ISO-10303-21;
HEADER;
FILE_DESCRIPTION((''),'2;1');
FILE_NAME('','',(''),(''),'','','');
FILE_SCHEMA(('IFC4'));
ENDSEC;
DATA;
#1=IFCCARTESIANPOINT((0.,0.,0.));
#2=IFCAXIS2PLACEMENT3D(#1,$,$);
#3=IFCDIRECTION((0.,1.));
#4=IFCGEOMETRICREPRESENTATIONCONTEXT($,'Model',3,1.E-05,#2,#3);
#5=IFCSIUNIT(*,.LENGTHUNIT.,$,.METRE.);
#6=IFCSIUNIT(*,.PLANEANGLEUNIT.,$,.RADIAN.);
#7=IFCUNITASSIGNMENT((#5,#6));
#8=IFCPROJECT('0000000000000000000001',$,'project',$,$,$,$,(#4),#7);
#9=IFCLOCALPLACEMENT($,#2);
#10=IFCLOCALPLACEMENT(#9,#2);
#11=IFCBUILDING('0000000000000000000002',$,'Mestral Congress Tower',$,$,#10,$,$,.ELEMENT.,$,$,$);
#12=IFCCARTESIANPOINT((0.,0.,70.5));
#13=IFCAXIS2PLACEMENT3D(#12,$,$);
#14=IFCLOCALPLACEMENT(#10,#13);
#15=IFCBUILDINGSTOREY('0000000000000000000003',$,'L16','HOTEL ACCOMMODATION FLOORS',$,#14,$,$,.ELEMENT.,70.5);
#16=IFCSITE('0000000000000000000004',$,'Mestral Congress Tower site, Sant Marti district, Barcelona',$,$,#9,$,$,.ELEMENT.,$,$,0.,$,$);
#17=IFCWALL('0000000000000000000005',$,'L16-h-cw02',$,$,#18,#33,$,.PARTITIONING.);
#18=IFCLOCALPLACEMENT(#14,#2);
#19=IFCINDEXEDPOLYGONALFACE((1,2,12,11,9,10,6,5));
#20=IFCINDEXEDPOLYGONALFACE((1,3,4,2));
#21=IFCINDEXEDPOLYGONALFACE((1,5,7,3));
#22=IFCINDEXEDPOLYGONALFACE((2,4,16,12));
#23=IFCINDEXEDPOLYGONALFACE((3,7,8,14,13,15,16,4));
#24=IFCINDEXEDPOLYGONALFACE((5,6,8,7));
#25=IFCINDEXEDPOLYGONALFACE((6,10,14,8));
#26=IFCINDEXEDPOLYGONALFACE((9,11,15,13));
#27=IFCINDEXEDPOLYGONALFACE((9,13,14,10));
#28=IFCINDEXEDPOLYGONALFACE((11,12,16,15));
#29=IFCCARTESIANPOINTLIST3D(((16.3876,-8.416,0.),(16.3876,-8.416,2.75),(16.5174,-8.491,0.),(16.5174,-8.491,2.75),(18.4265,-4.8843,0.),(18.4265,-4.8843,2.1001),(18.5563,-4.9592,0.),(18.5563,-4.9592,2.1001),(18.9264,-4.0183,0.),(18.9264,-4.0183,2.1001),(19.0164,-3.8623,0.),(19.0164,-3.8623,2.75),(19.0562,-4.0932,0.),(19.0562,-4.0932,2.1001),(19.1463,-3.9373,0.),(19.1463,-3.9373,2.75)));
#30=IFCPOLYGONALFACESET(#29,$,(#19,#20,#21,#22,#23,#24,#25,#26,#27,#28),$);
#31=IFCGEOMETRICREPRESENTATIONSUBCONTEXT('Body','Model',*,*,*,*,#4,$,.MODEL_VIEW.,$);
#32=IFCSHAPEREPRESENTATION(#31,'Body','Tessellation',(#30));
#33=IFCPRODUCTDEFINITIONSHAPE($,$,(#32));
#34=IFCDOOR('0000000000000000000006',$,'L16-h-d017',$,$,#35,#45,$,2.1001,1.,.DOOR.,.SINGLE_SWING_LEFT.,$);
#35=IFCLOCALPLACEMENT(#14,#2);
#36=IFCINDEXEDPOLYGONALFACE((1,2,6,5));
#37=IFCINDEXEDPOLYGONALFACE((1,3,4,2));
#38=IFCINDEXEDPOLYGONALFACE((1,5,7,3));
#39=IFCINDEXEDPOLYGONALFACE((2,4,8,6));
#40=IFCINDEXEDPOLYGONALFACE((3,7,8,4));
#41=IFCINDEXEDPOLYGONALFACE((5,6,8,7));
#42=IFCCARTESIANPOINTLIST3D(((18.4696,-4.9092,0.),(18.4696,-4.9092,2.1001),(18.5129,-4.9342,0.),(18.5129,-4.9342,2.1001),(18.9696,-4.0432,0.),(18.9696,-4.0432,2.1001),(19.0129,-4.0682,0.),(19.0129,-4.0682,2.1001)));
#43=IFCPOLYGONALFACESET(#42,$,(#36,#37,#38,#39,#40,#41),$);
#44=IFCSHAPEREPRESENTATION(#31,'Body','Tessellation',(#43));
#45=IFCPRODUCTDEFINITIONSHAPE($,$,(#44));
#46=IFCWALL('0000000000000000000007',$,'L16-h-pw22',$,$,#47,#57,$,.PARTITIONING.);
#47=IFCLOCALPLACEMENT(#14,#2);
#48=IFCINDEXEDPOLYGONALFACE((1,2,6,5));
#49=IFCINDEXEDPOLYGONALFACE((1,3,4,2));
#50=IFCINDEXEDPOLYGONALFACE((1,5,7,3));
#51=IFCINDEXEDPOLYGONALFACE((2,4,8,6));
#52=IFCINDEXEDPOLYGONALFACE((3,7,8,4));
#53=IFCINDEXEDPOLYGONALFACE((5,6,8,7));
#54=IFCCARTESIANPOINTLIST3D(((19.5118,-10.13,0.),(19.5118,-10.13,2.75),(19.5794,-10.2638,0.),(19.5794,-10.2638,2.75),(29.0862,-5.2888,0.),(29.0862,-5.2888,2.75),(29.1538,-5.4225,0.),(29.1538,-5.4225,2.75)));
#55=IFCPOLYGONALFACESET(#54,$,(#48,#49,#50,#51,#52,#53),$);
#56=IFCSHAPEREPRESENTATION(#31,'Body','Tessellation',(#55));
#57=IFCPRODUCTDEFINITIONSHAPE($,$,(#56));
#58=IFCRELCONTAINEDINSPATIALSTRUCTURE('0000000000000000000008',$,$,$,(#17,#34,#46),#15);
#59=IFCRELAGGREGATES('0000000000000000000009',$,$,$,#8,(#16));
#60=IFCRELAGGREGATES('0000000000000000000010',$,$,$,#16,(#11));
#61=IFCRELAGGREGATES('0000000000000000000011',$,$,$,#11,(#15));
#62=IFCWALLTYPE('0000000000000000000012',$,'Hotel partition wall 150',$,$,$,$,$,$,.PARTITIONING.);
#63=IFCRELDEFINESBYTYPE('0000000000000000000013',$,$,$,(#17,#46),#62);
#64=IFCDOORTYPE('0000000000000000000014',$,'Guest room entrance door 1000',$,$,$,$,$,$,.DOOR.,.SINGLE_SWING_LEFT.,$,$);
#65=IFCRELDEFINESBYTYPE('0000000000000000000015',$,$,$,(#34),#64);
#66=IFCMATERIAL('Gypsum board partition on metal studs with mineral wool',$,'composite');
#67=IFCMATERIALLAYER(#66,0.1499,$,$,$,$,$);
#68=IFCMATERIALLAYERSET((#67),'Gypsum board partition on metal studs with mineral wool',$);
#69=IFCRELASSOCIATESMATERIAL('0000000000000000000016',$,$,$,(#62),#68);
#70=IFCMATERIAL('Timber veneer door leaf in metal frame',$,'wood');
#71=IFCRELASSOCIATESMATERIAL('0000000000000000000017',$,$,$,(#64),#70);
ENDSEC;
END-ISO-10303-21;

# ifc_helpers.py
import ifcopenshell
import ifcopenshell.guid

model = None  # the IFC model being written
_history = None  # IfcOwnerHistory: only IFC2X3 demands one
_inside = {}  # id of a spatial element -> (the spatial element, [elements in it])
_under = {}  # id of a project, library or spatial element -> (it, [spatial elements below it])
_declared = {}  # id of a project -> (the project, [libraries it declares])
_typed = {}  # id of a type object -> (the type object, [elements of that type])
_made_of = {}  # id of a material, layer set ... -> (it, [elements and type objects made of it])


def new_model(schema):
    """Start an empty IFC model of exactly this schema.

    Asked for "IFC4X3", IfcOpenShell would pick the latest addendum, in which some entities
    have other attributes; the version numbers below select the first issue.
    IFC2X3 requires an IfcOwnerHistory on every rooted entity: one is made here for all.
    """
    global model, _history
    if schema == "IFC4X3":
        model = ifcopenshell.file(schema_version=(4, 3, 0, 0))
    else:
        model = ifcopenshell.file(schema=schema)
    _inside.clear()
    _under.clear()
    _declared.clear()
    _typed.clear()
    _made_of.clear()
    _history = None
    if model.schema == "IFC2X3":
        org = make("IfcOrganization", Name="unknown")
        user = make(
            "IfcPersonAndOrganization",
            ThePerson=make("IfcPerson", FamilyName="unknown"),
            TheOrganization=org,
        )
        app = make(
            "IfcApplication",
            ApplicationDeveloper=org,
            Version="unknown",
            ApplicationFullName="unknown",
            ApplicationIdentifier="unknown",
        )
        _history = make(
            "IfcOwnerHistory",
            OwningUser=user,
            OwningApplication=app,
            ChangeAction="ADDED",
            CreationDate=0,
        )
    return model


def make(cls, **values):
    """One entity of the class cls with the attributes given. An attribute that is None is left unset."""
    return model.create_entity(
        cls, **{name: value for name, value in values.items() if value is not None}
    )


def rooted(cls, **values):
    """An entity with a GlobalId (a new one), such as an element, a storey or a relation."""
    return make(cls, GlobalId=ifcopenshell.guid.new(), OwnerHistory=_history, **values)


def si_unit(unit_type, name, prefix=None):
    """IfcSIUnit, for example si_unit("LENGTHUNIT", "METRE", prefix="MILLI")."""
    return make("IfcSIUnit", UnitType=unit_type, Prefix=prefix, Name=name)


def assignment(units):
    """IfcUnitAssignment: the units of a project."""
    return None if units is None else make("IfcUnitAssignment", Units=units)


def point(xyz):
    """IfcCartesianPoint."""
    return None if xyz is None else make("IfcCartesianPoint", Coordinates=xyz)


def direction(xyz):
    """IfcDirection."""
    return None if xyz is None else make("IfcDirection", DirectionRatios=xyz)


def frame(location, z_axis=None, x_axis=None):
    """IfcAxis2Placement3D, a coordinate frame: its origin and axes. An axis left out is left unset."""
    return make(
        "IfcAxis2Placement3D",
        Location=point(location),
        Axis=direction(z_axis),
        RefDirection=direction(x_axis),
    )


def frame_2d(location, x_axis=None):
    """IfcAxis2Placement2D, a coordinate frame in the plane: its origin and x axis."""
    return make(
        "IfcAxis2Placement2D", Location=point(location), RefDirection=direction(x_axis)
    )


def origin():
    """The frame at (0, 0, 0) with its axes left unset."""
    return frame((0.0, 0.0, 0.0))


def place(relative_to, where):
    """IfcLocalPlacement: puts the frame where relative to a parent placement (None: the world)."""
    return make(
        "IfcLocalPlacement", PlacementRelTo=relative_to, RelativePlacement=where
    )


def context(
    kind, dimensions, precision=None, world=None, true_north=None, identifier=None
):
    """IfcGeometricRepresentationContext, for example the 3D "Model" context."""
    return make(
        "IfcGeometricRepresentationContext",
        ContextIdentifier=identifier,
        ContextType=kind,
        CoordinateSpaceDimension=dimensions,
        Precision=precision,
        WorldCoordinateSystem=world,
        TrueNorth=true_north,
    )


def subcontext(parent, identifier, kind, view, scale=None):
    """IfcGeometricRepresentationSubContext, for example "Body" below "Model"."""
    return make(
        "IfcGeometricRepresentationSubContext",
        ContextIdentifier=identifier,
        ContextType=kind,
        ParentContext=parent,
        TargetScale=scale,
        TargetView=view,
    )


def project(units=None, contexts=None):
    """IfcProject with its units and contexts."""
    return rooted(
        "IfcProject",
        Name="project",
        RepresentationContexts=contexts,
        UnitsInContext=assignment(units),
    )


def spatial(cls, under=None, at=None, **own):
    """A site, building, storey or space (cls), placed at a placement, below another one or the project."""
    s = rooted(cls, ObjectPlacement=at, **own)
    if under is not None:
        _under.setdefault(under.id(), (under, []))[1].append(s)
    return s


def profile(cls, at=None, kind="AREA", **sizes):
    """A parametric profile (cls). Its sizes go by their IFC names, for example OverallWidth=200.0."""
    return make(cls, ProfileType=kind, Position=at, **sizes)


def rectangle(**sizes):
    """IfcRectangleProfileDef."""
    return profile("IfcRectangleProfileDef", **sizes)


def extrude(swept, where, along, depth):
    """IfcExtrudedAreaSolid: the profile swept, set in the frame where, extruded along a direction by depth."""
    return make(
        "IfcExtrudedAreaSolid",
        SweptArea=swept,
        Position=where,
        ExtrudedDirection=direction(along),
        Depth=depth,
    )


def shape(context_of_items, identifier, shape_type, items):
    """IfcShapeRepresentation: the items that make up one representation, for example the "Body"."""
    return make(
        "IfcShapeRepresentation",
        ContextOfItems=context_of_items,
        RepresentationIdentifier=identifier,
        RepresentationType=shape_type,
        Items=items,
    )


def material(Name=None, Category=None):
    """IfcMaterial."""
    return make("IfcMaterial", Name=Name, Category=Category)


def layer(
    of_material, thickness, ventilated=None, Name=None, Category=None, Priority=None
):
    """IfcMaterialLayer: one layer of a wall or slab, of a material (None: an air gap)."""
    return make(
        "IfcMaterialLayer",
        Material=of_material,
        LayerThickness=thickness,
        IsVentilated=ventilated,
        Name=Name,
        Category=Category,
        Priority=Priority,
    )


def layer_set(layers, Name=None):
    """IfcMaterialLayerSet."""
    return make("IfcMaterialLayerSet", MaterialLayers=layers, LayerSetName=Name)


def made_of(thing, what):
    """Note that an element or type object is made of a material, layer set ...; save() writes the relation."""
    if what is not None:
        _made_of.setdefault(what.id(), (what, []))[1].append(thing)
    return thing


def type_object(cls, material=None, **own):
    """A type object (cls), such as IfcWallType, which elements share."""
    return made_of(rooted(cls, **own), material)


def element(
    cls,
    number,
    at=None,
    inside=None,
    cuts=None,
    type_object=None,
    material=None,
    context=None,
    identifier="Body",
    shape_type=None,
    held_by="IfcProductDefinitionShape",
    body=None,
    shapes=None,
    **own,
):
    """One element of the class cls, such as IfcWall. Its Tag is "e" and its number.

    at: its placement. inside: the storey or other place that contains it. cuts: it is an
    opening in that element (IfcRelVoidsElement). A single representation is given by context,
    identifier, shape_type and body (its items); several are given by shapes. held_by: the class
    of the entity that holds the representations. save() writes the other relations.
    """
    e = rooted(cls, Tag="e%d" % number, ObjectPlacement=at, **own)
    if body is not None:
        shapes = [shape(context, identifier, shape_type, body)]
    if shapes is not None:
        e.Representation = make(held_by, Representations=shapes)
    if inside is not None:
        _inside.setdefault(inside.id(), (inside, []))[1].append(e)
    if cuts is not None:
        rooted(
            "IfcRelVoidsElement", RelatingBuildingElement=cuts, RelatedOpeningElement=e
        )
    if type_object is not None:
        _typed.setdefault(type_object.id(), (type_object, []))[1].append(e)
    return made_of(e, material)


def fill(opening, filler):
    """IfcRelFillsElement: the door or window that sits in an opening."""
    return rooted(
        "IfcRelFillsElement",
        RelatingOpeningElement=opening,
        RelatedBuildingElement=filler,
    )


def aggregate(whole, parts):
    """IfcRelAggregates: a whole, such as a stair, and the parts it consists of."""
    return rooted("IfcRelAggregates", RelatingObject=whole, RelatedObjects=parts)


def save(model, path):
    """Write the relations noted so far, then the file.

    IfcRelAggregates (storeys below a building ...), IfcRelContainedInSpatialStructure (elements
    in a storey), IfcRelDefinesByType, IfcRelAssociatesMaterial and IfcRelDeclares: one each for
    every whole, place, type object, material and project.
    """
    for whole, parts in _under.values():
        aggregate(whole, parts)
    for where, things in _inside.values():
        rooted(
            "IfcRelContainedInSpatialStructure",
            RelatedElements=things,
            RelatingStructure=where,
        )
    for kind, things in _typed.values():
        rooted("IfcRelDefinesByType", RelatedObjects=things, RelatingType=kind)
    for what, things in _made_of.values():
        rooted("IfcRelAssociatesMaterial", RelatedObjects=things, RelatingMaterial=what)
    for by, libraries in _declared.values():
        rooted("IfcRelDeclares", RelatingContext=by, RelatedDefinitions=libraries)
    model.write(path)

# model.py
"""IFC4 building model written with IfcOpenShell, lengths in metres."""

from ifc_helpers import new_model, si_unit, direction, frame, frame_2d, origin, place, context, subcontext, project, spatial, rectangle, extrude, material, layer, layer_set, type_object, element, fill, save


model = new_model("IFC4")

# Units and contexts
model_context = context("Model", 3, precision=1e-05, world=origin(), true_north=direction((0.0, 1.0)))
body_context = subcontext(model_context, "Body", "Model", "MODEL_VIEW")
ifc_project = project(units=[si_unit("LENGTHUNIT", "METRE"), si_unit("PLANEANGLEUNIT", "RADIAN")], contexts=[model_context])

# Site, building, storey
site_placement = place(None, origin())
site = spatial("IfcSite", under=ifc_project, at=site_placement, Name="Mestral Congress Tower site, Sant Marti district, Barcelona", CompositionType="ELEMENT", RefElevation=0.0)
building_placement = place(site_placement, origin())
building = spatial("IfcBuilding", under=site, at=building_placement, Name="Mestral Congress Tower", CompositionType="ELEMENT")
storey_placement = place(building_placement, frame((0.0, 0.0, 70.5)))
storey = spatial("IfcBuildingStorey", under=building, at=storey_placement, Name="L16", Description="HOTEL ACCOMMODATION FLOORS", CompositionType="ELEMENT", Elevation=70.5)

# Shared definitions
ifc_material_1 = material(Name="Gypsum board partition on metal studs with mineral wool", Category="composite")

# Wall, opening, door
ifc_layer_1 = layer(ifc_material_1, 0.1499)
ifc_layer_set_1 = layer_set([ifc_layer_1], Name="Gypsum board partition on metal studs with mineral wool")
wall_type_1 = type_object("IfcWallType", Name="Hotel partition wall 150", PredefinedType="PARTITIONING", material=ifc_layer_set_1)
ifc_material_2 = material(Name="Timber veneer door leaf in metal frame", Category="wood")
door_type_1 = type_object("IfcDoorType", Name="Guest room entrance door 1000", OperationType="SINGLE_SWING_LEFT", PredefinedType="DOOR", material=ifc_material_2)
wall_1_placement = place(storey_placement, frame((19.0813, -3.8999, 0.0), z_axis=(0.0, 0.0, 1.0), x_axis=(-0.499974, -0.86604, 0.0)))
wall_1 = element("IfcWall", 1, at=wall_1_placement, inside=storey, type_object=wall_type_1, Name="L16-h-cw02", PredefinedType="PARTITIONING", context=body_context, shape_type="SweptSolid", body=[
    extrude(rectangle(XDim=5.2581, YDim=0.1499, at=frame_2d((2.6289, 0.0))), origin(), (0.0, 0.0, 1.0), 2.75),
])
opening_1_placement = place(wall_1_placement, frame((0.1799, 0.0, 0.0)))
opening_1 = element("IfcOpeningElement", 2, at=opening_1_placement, cuts=wall_1, PredefinedType="OPENING", context=body_context, shape_type="SweptSolid", body=[
    extrude(rectangle(XDim=1.0, YDim=2.1001, at=frame_2d((0.5, 1.05))), frame((0.0, 0.085, 0.0), z_axis=(0.0, -1.0, 0.0), x_axis=(1.0, 0.0, 0.0)), (0.0, 0.0, 1.0), 0.1699),
])
door_1_placement = place(opening_1_placement, origin())
door_1 = element("IfcDoor", 3, at=door_1_placement, inside=storey, type_object=door_type_1, Name="L16-h-d017", OperationType="SINGLE_SWING_LEFT", OverallHeight=2.1001, OverallWidth=1.0, PredefinedType="DOOR", context=body_context, shape_type="SweptSolid", body=[
    extrude(rectangle(XDim=1.0, YDim=2.1001, at=frame_2d((0.5, 1.05))), frame((0.0, 0.0249, 0.0), z_axis=(0.0, -1.0, 0.0), x_axis=(1.0, 0.0, 0.0)), (0.0, 0.0, 1.0), 0.05),
])
fill(opening_1, door_1)

# Wall
wall_2_placement = place(storey_placement, frame((29.1199, -5.3557, 0.0), z_axis=(0.0, 0.0, 1.0), x_axis=(-0.892402, -0.451241, 0.0)))
element("IfcWall", 4, at=wall_2_placement, inside=storey, type_object=wall_type_1, Name="L16-h-pw22", PredefinedType="PARTITIONING", context=body_context, shape_type="SweptSolid", body=[
    extrude(rectangle(XDim=10.7288, YDim=0.1499, at=frame_2d((5.3643, 0.0))), origin(), (0.0, 0.0, 1.0), 2.75),
])

save(model, "model.ifc")
